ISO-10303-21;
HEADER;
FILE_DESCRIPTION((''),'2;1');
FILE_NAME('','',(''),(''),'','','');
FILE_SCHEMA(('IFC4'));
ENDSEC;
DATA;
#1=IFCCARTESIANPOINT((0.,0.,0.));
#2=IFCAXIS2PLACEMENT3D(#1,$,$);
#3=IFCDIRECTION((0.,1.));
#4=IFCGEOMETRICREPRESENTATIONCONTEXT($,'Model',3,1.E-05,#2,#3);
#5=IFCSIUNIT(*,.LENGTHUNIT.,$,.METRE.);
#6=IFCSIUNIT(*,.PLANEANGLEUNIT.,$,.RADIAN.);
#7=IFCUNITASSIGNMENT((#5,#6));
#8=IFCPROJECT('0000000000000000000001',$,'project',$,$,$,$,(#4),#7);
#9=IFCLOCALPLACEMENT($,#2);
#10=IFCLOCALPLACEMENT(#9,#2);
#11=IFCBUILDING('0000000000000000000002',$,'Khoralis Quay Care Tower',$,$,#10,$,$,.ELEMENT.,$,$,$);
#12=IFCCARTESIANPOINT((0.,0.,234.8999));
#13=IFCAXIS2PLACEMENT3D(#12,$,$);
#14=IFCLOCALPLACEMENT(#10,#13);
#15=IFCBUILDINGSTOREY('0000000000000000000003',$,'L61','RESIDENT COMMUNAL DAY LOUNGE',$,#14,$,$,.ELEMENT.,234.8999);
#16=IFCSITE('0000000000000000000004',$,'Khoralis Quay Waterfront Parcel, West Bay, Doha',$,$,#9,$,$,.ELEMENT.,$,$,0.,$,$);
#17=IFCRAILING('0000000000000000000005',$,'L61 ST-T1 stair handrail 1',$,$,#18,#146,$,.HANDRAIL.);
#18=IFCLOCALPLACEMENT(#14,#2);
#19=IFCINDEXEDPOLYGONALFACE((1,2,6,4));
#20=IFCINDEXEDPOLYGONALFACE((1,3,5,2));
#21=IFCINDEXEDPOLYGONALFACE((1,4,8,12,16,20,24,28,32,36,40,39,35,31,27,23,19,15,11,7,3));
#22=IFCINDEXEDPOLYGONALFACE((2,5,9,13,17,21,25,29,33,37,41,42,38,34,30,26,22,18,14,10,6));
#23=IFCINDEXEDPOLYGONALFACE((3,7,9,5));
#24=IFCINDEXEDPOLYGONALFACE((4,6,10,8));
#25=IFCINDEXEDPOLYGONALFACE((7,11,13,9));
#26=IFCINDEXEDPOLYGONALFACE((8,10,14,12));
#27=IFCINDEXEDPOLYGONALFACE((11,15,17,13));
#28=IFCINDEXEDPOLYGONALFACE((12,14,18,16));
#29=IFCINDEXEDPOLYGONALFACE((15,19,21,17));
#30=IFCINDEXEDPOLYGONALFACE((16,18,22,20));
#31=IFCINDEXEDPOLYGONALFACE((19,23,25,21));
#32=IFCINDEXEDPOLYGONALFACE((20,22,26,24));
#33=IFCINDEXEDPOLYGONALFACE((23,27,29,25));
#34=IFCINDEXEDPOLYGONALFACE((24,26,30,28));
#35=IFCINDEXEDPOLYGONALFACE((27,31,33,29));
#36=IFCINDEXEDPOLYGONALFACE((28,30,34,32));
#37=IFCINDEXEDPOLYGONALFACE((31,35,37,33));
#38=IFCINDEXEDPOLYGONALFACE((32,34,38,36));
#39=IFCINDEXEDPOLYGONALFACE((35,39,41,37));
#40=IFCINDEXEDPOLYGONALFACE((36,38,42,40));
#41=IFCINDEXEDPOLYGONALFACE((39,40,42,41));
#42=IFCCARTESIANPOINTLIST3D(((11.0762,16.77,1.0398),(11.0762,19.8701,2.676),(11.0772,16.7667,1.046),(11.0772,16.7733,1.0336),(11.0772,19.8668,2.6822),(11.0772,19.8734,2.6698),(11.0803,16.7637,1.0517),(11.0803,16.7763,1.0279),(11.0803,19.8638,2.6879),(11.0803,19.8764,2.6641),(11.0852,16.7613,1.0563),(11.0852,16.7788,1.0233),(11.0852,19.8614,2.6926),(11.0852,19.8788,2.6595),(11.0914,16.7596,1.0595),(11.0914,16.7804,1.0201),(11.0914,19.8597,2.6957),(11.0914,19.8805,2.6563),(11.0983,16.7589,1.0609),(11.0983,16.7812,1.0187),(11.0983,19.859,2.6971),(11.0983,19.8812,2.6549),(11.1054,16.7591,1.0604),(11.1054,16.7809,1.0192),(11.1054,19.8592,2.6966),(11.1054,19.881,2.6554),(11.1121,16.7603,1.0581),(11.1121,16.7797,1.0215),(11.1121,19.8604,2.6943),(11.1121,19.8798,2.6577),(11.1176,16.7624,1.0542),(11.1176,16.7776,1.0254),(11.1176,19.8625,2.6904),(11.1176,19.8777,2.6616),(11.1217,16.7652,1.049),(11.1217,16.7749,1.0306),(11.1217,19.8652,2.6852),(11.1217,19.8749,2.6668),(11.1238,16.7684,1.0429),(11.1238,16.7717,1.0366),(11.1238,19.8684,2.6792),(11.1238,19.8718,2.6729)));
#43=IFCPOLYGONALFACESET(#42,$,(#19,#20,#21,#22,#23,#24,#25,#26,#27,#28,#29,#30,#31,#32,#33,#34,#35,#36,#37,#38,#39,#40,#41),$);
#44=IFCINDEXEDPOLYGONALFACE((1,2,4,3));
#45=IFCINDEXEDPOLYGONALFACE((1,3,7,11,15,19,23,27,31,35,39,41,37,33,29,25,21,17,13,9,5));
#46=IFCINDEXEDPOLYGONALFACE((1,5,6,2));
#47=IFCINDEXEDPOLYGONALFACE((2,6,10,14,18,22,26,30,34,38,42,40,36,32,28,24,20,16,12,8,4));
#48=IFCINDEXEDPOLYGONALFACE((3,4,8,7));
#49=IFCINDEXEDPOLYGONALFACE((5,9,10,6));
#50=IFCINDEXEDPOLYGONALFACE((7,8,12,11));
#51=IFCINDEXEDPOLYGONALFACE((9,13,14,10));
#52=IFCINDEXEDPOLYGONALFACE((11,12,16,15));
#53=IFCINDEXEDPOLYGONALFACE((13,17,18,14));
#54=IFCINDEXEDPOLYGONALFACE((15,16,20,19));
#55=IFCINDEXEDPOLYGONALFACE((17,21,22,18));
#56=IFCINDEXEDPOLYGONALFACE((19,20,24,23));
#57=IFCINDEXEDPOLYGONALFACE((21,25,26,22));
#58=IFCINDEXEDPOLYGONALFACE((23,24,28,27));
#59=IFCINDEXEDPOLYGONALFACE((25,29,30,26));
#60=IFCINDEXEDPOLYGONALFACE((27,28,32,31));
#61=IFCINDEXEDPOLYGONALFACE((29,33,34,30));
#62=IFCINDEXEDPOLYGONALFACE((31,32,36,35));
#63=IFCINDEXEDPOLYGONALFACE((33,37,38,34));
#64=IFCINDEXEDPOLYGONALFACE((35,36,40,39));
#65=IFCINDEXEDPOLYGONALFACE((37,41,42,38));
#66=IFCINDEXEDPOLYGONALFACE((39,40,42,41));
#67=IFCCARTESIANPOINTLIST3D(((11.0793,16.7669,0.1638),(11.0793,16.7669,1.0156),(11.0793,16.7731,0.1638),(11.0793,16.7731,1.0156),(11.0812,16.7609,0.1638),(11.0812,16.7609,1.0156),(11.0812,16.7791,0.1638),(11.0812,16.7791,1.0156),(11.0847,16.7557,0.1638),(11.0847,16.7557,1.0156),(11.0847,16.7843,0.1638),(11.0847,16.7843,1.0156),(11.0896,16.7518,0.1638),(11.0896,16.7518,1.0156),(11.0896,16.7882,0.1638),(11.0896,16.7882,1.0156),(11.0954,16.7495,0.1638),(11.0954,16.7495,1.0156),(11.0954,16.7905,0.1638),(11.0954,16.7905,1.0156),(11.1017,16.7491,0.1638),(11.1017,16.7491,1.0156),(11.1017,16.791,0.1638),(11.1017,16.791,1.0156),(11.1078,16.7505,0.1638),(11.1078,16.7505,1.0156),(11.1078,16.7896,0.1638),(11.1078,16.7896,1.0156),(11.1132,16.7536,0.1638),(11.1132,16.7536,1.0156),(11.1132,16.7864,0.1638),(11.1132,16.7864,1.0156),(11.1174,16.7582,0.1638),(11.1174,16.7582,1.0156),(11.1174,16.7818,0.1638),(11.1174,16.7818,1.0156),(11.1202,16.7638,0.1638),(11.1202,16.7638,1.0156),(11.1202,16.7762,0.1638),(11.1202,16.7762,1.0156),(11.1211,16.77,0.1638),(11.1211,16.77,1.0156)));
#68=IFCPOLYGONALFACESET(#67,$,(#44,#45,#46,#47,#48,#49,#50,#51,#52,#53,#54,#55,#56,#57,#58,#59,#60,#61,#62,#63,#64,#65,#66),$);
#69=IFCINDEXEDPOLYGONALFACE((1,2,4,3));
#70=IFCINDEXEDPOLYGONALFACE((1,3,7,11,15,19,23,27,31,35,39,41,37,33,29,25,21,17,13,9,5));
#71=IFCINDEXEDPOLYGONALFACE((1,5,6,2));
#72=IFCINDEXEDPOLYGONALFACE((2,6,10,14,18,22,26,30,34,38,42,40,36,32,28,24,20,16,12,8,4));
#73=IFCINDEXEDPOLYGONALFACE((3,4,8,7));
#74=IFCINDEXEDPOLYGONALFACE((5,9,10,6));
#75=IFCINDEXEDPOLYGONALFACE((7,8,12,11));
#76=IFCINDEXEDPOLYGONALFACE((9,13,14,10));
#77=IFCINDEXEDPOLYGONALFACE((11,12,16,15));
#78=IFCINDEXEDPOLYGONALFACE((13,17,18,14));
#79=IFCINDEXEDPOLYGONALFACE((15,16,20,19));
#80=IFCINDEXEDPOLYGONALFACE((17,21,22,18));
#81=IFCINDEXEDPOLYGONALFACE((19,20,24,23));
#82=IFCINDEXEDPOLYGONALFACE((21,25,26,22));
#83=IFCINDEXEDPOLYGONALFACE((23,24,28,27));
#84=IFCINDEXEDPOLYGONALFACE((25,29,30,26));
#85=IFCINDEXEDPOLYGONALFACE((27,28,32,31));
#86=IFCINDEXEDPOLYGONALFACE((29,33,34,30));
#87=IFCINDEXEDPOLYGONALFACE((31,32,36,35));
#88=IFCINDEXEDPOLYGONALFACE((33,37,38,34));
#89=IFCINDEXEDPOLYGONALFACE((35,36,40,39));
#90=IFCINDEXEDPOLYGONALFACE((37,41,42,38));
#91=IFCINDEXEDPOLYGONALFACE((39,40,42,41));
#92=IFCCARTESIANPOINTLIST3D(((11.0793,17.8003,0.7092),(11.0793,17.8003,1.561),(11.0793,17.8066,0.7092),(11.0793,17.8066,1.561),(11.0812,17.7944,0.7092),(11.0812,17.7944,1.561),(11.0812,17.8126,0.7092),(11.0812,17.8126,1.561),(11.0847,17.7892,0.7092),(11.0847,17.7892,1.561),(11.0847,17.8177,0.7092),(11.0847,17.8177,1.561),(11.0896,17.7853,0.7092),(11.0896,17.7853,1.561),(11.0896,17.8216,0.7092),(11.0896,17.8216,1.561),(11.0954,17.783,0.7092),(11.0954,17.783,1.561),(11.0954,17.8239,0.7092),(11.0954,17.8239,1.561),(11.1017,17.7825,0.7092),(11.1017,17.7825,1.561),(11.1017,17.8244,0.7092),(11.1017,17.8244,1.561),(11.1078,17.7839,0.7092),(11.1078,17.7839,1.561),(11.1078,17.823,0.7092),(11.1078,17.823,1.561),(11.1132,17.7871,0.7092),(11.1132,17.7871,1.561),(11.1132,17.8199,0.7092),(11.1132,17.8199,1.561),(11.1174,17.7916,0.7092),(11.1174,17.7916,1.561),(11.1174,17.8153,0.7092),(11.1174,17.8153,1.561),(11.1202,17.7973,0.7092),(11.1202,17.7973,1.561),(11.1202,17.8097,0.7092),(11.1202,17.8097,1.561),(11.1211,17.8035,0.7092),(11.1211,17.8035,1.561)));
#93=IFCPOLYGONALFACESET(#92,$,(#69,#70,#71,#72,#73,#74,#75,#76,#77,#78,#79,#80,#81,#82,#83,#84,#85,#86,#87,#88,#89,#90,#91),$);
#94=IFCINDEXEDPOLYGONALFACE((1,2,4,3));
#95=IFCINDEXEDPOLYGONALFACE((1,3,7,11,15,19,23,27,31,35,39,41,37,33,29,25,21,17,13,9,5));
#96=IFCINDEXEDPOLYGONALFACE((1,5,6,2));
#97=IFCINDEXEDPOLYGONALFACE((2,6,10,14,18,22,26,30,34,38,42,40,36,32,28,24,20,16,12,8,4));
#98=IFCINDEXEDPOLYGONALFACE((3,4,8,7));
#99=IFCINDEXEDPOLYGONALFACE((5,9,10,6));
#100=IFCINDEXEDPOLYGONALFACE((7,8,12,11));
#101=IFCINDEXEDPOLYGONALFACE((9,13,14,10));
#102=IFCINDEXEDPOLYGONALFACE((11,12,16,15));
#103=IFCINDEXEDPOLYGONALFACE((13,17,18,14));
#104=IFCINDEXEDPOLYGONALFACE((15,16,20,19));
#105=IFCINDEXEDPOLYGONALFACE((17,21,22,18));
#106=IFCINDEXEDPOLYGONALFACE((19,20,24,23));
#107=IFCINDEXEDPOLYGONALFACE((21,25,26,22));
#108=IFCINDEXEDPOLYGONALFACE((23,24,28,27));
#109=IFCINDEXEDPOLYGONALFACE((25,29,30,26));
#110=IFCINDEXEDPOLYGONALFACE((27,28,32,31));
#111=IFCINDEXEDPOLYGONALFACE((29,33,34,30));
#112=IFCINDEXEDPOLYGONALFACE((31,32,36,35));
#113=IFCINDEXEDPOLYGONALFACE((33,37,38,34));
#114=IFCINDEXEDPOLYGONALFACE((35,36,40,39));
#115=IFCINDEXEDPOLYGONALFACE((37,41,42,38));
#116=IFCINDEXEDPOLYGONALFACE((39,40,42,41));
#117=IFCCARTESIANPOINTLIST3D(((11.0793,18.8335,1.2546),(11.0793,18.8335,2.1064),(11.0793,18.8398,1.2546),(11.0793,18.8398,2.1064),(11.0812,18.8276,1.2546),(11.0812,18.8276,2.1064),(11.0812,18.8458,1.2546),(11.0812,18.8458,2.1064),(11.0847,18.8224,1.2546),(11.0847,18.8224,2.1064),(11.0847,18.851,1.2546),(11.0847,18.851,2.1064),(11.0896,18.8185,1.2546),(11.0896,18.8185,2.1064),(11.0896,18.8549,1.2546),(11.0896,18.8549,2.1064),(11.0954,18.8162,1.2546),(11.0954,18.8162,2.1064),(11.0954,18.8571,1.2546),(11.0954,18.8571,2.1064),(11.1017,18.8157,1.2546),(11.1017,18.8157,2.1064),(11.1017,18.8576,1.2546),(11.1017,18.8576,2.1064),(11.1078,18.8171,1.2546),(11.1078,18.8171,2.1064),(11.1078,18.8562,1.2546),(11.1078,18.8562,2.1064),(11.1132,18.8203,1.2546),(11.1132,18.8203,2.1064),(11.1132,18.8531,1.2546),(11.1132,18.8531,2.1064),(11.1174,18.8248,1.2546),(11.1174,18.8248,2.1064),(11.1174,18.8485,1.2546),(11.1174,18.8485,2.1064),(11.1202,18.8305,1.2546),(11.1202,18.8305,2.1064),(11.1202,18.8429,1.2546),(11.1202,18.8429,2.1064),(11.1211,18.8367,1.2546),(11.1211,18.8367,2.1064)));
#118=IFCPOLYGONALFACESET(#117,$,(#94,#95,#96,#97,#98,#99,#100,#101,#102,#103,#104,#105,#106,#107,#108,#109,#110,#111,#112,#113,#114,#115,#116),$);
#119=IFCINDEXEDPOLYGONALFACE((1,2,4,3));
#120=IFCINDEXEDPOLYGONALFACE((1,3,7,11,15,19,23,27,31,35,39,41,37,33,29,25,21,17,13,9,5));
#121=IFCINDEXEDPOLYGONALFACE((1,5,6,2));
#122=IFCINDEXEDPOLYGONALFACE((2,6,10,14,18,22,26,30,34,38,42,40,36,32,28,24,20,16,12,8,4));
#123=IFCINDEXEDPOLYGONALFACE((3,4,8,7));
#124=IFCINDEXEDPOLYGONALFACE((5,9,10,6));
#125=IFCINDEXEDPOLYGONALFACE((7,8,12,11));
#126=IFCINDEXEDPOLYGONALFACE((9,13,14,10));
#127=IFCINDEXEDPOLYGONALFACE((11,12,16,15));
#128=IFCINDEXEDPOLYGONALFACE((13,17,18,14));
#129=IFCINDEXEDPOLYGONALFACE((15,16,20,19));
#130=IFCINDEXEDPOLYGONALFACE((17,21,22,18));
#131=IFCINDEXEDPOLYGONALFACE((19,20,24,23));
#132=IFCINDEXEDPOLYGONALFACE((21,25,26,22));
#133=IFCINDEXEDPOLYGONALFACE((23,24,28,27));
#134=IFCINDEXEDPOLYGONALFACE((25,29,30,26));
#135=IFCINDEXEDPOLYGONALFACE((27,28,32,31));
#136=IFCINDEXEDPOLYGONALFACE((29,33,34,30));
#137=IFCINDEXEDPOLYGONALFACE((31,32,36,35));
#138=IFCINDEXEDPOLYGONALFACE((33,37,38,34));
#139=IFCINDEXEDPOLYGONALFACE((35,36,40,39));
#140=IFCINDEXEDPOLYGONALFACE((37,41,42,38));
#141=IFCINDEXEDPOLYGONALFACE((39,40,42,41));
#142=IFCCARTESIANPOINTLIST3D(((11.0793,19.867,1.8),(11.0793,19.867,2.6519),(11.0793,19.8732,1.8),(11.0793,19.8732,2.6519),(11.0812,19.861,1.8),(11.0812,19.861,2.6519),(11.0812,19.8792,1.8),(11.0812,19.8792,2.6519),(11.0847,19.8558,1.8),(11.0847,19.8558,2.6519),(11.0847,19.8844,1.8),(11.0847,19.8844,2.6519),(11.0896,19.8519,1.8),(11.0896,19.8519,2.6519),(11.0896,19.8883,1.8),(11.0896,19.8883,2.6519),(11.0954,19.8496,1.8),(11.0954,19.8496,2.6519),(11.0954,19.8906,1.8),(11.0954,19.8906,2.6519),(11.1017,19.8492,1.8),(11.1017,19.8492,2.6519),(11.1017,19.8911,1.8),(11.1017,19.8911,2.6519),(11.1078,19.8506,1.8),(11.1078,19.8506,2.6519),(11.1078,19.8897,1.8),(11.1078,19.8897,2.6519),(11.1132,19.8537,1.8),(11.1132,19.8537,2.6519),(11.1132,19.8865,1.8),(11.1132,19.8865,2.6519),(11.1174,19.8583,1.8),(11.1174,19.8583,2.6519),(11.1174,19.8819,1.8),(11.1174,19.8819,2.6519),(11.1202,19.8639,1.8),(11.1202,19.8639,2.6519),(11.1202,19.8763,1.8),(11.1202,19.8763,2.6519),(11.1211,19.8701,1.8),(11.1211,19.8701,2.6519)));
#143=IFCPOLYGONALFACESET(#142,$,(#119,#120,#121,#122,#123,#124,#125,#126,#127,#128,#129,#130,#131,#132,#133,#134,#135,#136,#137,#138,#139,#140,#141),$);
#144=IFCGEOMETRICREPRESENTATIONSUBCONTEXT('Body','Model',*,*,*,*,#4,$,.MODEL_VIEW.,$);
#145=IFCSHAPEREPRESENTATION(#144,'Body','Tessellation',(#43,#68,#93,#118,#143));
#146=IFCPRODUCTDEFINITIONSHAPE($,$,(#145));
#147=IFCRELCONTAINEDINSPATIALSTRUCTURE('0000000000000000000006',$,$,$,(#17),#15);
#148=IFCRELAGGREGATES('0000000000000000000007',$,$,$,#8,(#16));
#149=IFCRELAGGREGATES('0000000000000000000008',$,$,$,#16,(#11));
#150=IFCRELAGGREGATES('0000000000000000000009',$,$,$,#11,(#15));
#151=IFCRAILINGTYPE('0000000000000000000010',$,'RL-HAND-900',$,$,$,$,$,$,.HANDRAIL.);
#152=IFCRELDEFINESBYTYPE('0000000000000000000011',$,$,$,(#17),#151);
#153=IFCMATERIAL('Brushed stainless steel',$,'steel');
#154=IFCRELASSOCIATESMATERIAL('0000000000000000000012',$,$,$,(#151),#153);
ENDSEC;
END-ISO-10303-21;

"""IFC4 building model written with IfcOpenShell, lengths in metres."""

from ifc_helpers import new_model, si_unit, direction, frame, origin, origin_2d, place, context, subcontext, project, spatial, circle, extrude, material, type_object, element, save


model = new_model("IFC4")

# Units and contexts
model_context = context("Model", 3, precision=1e-05, world=origin(), true_north=direction((0.0, 1.0)))
body_context = subcontext(model_context, "Body", "Model", "MODEL_VIEW")
ifc_project = project(units=[si_unit("LENGTHUNIT", "METRE"), si_unit("PLANEANGLEUNIT", "RADIAN")], contexts=[model_context])

# Site, building, storey
site_placement = place(None, origin())
site = spatial("IfcSite", under=ifc_project, at=site_placement, Name="Khoralis Quay Waterfront Parcel, West Bay, Doha", CompositionType="ELEMENT", RefElevation=0.0)
building_placement = place(site_placement, origin())
building = spatial("IfcBuilding", under=site, at=building_placement, Name="Khoralis Quay Care Tower", CompositionType="ELEMENT")
storey_placement = place(building_placement, frame((0.0, 0.0, 234.8999)))
storey = spatial("IfcBuildingStorey", under=building, at=storey_placement, Name="L61", Description="RESIDENT COMMUNAL DAY LOUNGE", CompositionType="ELEMENT", Elevation=234.8999)

# Railing
ifc_material_1 = material(Name="Brushed stainless steel", Category="steel")
railing_type_1 = type_object("IfcRailingType", Name="RL-HAND-900", PredefinedType="HANDRAIL", material=ifc_material_1)
railing_1_placement = place(storey_placement, frame((11.1001, 16.77, 0.1638)))
element("IfcRailing", 1, at=railing_1_placement, inside=storey, type_object=railing_type_1, Name="L61 ST-T1 stair handrail 1", PredefinedType="HANDRAIL", context=body_context, shape_type="SweptSolid", body=[
    extrude(circle(Radius=0.0239, at=origin_2d()), frame((0.0, 0.0, 0.876), z_axis=(0.0, 0.884377, 0.466774), x_axis=(-1.0, 0.0, 0.0)), (0.0, 0.0, 1.0), 3.5054),
    extrude(circle(Radius=0.021, at=origin_2d()), origin(), (0.0, 0.0, 1.0), 0.8518),
    extrude(circle(Radius=0.021, at=origin_2d()), frame((0.0, 1.0334, 0.5454)), (0.0, 0.0, 1.0), 0.8518),
    extrude(circle(Radius=0.021, at=origin_2d()), frame((0.0, 2.0667, 1.0908)), (0.0, 0.0, 1.0), 0.8518),
    extrude(circle(Radius=0.021, at=origin_2d()), frame((0.0, 3.1001, 1.6362)), (0.0, 0.0, 1.0), 0.8518),
])

save(model, "model.ifc")
